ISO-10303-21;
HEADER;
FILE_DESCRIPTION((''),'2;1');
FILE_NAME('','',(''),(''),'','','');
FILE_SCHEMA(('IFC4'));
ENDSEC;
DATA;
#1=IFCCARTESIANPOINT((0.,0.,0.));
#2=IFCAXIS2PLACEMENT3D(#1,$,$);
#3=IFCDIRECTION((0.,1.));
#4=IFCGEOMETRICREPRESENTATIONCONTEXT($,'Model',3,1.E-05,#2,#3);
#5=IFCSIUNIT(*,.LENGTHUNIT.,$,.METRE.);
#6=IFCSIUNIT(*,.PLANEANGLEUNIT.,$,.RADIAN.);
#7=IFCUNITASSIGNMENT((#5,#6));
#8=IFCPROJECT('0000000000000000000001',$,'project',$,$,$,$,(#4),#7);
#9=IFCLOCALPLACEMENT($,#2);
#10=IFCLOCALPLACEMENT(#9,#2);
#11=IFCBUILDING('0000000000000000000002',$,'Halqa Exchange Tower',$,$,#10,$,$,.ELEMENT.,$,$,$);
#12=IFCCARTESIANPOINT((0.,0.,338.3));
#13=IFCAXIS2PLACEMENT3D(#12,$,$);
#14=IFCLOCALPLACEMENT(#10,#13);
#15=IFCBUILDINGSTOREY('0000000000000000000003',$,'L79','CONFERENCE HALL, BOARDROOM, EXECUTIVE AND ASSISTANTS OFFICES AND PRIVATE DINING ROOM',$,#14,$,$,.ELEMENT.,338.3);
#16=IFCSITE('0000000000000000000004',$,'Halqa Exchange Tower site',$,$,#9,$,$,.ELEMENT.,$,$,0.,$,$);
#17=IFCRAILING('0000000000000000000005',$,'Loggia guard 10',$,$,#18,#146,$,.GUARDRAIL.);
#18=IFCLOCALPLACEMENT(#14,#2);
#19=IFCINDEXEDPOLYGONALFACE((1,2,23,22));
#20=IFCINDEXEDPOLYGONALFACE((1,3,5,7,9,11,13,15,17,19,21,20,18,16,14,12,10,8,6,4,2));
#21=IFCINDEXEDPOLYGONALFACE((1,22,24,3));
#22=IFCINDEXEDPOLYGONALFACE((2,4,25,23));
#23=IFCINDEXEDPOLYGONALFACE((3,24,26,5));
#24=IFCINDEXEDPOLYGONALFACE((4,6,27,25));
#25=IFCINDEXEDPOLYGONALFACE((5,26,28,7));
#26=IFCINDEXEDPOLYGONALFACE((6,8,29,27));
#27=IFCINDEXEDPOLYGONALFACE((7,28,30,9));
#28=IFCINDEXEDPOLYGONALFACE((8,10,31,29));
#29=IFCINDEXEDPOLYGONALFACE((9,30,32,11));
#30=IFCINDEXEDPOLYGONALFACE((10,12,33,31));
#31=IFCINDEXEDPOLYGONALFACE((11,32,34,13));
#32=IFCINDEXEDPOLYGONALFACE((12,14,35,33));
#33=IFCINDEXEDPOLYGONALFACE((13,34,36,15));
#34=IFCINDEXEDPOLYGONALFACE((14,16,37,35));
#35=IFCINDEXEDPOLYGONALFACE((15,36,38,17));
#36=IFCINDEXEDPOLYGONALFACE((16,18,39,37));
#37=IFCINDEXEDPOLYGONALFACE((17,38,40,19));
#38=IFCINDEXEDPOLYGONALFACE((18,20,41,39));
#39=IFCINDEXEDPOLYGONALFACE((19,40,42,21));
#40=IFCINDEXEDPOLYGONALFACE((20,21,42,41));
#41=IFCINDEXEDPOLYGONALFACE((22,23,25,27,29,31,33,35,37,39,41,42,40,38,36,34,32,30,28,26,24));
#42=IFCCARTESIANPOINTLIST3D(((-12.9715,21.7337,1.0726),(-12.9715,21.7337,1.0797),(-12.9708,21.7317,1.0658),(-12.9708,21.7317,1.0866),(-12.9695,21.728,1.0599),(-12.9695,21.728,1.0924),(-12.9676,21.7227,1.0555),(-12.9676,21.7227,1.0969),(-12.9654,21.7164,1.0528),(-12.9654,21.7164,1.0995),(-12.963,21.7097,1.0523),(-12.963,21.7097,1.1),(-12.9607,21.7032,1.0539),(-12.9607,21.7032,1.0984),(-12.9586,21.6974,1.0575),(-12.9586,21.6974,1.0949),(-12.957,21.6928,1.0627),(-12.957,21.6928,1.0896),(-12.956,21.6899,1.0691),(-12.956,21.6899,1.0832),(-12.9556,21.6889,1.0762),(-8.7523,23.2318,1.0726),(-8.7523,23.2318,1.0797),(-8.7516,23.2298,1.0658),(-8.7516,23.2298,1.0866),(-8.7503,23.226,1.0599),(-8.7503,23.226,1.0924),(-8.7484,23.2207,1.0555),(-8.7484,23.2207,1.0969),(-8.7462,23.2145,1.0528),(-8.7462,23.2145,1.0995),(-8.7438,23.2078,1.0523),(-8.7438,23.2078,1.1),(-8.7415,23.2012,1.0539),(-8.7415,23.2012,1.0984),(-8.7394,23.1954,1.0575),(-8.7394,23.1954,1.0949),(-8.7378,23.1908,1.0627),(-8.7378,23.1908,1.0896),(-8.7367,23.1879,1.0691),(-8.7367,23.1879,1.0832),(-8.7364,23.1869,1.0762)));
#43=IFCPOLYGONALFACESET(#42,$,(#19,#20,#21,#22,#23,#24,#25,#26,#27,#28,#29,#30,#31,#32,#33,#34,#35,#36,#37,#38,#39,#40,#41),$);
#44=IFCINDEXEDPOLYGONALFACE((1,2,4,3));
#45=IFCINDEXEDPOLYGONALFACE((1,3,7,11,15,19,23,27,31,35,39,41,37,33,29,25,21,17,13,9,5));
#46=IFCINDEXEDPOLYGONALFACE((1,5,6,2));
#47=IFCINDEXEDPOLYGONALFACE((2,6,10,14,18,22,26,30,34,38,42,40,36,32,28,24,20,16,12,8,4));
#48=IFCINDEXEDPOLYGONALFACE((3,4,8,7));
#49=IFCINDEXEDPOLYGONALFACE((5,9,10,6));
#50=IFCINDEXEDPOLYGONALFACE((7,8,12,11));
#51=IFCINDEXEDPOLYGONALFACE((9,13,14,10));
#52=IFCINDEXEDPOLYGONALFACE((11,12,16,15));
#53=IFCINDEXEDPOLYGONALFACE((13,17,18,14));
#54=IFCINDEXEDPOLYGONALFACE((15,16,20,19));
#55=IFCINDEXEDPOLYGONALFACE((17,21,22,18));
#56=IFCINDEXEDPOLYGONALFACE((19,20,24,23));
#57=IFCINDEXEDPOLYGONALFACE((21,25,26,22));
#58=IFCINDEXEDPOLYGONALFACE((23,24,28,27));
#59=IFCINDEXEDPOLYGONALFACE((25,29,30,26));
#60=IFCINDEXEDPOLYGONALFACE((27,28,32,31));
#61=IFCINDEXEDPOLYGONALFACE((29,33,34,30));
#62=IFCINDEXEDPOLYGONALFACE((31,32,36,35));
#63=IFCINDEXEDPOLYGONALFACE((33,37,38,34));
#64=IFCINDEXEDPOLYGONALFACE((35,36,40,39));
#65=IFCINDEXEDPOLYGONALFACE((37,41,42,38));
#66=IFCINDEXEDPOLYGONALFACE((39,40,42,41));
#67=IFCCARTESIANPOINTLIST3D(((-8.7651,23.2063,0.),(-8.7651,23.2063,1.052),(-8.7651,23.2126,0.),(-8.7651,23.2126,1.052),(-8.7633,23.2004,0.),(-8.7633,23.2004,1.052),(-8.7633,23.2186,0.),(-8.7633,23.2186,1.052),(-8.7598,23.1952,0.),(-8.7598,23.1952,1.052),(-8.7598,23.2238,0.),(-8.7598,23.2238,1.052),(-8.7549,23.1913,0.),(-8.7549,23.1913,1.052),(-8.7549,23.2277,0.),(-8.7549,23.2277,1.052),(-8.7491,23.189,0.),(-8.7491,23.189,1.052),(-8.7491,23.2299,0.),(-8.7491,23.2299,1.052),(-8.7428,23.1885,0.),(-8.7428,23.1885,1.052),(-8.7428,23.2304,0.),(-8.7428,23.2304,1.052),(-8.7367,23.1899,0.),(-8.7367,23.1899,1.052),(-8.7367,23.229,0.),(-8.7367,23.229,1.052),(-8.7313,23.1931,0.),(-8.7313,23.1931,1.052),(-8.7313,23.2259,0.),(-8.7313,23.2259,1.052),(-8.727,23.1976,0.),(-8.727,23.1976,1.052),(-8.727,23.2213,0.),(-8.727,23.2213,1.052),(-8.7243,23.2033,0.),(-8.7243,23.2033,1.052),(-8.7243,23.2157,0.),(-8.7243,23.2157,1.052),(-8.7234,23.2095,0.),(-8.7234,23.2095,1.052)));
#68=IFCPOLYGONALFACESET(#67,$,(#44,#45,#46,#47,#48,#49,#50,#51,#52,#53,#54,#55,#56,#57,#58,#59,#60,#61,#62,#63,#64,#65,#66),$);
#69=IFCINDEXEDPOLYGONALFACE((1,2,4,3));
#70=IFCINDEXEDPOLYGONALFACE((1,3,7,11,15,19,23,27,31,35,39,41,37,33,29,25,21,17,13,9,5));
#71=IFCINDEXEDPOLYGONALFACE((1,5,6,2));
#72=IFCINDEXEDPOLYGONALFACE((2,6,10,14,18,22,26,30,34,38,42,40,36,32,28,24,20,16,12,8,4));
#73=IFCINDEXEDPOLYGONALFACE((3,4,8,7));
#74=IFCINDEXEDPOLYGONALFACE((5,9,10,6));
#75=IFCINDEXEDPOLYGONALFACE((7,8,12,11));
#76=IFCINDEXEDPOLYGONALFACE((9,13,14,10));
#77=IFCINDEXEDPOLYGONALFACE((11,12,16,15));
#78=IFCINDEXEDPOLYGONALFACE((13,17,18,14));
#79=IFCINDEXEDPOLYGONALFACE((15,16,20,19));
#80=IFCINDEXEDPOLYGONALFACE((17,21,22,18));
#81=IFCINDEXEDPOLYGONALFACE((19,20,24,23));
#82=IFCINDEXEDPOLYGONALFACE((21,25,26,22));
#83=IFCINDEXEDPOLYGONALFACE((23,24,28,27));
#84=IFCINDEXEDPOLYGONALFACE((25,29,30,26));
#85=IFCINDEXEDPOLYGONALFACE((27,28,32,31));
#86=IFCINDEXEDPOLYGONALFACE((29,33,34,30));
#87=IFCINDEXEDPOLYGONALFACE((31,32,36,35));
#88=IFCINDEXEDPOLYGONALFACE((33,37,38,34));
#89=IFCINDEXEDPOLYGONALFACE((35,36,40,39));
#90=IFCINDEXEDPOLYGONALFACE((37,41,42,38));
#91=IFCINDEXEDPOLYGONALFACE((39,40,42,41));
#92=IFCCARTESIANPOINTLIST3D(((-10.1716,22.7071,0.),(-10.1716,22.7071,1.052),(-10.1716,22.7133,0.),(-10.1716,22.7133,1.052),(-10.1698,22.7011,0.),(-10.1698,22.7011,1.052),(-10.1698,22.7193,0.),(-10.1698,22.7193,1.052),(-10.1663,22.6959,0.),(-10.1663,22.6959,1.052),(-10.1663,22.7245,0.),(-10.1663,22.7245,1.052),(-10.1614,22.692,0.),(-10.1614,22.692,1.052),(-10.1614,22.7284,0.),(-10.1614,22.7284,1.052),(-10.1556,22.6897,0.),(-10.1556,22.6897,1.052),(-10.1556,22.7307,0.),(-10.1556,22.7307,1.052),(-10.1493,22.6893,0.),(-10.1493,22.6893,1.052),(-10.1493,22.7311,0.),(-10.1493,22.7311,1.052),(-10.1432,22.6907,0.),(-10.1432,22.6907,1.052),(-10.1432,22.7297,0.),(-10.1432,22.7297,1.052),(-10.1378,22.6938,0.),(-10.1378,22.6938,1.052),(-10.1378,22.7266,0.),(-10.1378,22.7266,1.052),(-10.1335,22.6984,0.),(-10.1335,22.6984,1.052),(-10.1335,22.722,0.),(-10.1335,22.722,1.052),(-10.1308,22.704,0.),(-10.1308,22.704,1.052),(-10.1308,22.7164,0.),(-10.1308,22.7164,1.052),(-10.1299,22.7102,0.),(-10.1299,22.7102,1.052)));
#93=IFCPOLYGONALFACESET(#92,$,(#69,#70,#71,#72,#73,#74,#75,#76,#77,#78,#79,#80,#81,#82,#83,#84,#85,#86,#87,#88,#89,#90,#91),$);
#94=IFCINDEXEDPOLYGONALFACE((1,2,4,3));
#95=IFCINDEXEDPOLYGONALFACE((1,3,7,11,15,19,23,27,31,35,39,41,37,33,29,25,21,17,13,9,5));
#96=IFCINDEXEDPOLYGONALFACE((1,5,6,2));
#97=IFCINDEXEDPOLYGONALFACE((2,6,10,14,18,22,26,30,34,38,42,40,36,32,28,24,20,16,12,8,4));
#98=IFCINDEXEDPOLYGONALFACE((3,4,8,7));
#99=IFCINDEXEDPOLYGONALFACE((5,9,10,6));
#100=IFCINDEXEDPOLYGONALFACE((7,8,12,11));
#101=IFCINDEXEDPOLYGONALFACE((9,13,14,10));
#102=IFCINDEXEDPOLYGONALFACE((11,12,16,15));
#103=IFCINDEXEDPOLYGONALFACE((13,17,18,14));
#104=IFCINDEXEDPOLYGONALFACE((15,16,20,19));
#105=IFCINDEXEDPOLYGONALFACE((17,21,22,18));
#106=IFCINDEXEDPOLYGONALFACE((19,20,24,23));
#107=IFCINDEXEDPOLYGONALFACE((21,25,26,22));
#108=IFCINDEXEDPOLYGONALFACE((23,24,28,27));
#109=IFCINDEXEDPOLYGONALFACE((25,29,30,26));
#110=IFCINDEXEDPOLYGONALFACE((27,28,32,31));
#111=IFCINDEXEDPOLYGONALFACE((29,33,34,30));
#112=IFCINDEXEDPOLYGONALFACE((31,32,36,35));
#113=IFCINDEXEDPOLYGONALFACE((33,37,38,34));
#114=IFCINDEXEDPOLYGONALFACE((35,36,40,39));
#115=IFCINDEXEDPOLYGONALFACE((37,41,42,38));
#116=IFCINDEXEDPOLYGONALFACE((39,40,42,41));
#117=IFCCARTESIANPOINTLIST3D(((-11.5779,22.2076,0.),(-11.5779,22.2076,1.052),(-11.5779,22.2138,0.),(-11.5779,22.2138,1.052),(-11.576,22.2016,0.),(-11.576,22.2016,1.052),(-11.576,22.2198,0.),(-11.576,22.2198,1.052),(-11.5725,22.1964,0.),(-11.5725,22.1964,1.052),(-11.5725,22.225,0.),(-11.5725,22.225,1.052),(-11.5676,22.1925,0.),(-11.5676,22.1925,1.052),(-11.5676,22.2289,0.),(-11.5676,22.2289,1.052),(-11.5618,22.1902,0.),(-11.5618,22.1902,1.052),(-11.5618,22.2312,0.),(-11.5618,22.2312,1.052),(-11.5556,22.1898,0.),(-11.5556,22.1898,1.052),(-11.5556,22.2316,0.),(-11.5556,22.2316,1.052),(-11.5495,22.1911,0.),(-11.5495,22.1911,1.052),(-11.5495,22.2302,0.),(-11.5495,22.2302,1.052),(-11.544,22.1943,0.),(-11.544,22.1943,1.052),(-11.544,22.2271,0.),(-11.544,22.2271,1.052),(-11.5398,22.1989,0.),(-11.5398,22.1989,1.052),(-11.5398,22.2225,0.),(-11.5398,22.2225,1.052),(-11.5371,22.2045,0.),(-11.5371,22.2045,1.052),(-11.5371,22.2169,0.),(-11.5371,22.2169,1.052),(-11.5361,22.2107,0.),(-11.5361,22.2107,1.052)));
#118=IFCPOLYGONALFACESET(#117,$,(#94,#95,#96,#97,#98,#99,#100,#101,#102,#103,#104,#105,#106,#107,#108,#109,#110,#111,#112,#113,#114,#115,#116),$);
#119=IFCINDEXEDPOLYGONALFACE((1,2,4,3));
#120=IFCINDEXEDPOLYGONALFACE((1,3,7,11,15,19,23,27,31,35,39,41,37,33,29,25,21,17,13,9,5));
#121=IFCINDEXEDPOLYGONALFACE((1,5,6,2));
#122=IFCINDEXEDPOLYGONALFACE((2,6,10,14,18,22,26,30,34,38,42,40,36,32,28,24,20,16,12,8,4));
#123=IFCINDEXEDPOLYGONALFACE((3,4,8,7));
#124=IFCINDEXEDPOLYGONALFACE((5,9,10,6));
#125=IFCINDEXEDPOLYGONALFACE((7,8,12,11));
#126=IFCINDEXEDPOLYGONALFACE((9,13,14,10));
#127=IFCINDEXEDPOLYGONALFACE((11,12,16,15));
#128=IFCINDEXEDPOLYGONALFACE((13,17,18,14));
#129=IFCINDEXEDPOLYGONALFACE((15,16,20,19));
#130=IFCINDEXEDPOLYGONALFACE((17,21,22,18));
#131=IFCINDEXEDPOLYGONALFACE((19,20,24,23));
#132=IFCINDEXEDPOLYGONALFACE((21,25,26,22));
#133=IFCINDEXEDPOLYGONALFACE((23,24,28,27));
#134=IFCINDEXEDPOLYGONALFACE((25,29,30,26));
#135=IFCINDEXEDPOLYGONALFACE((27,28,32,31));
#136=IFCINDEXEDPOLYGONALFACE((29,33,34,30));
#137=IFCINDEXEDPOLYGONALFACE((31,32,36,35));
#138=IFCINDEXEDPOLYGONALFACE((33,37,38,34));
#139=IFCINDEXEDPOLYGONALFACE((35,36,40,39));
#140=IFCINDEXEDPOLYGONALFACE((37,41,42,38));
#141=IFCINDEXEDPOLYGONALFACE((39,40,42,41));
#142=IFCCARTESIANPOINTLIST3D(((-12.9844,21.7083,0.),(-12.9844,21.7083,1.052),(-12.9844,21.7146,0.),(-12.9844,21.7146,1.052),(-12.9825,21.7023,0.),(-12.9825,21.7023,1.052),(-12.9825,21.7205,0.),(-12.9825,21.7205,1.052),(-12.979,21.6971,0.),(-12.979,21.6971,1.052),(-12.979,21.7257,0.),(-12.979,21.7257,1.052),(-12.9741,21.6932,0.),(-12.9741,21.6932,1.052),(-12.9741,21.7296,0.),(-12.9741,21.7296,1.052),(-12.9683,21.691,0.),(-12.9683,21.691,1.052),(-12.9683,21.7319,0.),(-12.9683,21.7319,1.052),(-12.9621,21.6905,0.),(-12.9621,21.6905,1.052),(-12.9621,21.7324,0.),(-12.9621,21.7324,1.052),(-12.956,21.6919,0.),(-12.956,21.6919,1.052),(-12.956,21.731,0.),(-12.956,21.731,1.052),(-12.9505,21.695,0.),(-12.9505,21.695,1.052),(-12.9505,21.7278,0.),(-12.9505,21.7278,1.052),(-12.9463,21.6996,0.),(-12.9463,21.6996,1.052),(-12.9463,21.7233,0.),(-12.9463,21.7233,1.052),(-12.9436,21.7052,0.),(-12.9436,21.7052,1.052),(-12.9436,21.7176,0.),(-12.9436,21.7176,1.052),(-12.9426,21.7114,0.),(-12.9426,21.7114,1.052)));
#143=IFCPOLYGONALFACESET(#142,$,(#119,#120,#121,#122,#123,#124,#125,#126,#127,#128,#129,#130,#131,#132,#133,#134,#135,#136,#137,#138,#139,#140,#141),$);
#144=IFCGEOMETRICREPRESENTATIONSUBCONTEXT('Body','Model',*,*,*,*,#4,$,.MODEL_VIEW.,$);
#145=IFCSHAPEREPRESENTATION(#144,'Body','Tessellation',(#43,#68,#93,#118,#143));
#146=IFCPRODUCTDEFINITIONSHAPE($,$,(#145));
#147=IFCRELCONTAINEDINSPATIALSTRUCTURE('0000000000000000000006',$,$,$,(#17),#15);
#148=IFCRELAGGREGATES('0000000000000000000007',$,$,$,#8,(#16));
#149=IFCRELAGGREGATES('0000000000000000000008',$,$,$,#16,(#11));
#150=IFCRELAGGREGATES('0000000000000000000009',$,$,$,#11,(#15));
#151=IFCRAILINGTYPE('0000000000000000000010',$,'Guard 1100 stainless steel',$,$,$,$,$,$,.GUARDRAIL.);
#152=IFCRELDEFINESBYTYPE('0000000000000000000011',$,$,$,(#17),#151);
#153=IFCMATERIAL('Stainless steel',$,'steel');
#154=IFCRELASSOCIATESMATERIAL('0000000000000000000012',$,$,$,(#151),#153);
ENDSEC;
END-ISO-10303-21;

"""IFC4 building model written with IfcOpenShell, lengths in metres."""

from ifc_helpers import new_model, si_unit, direction, frame, origin, origin_2d, place, context, subcontext, project, spatial, circle, extrude, material, type_object, element, save


model = new_model("IFC4")

# Units and contexts
model_context = context("Model", 3, precision=1e-05, world=origin(), true_north=direction((0.0, 1.0)))
body_context = subcontext(model_context, "Body", "Model", "MODEL_VIEW")
ifc_project = project(units=[si_unit("LENGTHUNIT", "METRE"), si_unit("PLANEANGLEUNIT", "RADIAN")], contexts=[model_context])

# Site, building, storey
site_placement = place(None, origin())
site = spatial("IfcSite", under=ifc_project, at=site_placement, Name="Halqa Exchange Tower site", CompositionType="ELEMENT", RefElevation=0.0)
building_placement = place(site_placement, origin())
building = spatial("IfcBuilding", under=site, at=building_placement, Name="Halqa Exchange Tower", CompositionType="ELEMENT")
storey_placement = place(building_placement, frame((0.0, 0.0, 338.3)))
storey = spatial("IfcBuildingStorey", under=building, at=storey_placement, Name="L79", Description="CONFERENCE HALL, BOARDROOM, EXECUTIVE AND ASSISTANTS OFFICES AND PRIVATE DINING ROOM", CompositionType="ELEMENT", Elevation=338.3)

# Railing
ifc_material_1 = material(Name="Stainless steel", Category="steel")
railing_type = type_object("IfcRailingType", Name="Guard 1100 stainless steel", PredefinedType="GUARDRAIL", material=ifc_material_1)
railing_1_placement = place(storey_placement, frame((-8.7444, 23.2095, 0.0)))
element("IfcRailing", 1, at=railing_1_placement, inside=storey, type_object=railing_type, Name="Loggia guard 10", PredefinedType="GUARDRAIL", context=body_context, shape_type="SweptSolid", body=[
    extrude(circle(Radius=0.0239, at=origin_2d()), frame((0.0, 0.0, 1.0762), z_axis=(-0.942365, -0.334588, 0.0), x_axis=(0.334588, -0.942365, 0.0)), (0.0, 0.0, 1.0), 4.4773),
    extrude(circle(Radius=0.021, at=origin_2d()), origin(), (0.0, 0.0, 1.0), 1.052),
    extrude(circle(Radius=0.021, at=origin_2d()), frame((-1.4065, -0.4993, 0.0)), (0.0, 0.0, 1.0), 1.052),
    extrude(circle(Radius=0.021, at=origin_2d()), frame((-2.8127, -0.9988, 0.0)), (0.0, 0.0, 1.0), 1.052),
    extrude(circle(Radius=0.021, at=origin_2d()), frame((-4.2192, -1.498, 0.0)), (0.0, 0.0, 1.0), 1.052),
])

save(model, "model.ifc")
